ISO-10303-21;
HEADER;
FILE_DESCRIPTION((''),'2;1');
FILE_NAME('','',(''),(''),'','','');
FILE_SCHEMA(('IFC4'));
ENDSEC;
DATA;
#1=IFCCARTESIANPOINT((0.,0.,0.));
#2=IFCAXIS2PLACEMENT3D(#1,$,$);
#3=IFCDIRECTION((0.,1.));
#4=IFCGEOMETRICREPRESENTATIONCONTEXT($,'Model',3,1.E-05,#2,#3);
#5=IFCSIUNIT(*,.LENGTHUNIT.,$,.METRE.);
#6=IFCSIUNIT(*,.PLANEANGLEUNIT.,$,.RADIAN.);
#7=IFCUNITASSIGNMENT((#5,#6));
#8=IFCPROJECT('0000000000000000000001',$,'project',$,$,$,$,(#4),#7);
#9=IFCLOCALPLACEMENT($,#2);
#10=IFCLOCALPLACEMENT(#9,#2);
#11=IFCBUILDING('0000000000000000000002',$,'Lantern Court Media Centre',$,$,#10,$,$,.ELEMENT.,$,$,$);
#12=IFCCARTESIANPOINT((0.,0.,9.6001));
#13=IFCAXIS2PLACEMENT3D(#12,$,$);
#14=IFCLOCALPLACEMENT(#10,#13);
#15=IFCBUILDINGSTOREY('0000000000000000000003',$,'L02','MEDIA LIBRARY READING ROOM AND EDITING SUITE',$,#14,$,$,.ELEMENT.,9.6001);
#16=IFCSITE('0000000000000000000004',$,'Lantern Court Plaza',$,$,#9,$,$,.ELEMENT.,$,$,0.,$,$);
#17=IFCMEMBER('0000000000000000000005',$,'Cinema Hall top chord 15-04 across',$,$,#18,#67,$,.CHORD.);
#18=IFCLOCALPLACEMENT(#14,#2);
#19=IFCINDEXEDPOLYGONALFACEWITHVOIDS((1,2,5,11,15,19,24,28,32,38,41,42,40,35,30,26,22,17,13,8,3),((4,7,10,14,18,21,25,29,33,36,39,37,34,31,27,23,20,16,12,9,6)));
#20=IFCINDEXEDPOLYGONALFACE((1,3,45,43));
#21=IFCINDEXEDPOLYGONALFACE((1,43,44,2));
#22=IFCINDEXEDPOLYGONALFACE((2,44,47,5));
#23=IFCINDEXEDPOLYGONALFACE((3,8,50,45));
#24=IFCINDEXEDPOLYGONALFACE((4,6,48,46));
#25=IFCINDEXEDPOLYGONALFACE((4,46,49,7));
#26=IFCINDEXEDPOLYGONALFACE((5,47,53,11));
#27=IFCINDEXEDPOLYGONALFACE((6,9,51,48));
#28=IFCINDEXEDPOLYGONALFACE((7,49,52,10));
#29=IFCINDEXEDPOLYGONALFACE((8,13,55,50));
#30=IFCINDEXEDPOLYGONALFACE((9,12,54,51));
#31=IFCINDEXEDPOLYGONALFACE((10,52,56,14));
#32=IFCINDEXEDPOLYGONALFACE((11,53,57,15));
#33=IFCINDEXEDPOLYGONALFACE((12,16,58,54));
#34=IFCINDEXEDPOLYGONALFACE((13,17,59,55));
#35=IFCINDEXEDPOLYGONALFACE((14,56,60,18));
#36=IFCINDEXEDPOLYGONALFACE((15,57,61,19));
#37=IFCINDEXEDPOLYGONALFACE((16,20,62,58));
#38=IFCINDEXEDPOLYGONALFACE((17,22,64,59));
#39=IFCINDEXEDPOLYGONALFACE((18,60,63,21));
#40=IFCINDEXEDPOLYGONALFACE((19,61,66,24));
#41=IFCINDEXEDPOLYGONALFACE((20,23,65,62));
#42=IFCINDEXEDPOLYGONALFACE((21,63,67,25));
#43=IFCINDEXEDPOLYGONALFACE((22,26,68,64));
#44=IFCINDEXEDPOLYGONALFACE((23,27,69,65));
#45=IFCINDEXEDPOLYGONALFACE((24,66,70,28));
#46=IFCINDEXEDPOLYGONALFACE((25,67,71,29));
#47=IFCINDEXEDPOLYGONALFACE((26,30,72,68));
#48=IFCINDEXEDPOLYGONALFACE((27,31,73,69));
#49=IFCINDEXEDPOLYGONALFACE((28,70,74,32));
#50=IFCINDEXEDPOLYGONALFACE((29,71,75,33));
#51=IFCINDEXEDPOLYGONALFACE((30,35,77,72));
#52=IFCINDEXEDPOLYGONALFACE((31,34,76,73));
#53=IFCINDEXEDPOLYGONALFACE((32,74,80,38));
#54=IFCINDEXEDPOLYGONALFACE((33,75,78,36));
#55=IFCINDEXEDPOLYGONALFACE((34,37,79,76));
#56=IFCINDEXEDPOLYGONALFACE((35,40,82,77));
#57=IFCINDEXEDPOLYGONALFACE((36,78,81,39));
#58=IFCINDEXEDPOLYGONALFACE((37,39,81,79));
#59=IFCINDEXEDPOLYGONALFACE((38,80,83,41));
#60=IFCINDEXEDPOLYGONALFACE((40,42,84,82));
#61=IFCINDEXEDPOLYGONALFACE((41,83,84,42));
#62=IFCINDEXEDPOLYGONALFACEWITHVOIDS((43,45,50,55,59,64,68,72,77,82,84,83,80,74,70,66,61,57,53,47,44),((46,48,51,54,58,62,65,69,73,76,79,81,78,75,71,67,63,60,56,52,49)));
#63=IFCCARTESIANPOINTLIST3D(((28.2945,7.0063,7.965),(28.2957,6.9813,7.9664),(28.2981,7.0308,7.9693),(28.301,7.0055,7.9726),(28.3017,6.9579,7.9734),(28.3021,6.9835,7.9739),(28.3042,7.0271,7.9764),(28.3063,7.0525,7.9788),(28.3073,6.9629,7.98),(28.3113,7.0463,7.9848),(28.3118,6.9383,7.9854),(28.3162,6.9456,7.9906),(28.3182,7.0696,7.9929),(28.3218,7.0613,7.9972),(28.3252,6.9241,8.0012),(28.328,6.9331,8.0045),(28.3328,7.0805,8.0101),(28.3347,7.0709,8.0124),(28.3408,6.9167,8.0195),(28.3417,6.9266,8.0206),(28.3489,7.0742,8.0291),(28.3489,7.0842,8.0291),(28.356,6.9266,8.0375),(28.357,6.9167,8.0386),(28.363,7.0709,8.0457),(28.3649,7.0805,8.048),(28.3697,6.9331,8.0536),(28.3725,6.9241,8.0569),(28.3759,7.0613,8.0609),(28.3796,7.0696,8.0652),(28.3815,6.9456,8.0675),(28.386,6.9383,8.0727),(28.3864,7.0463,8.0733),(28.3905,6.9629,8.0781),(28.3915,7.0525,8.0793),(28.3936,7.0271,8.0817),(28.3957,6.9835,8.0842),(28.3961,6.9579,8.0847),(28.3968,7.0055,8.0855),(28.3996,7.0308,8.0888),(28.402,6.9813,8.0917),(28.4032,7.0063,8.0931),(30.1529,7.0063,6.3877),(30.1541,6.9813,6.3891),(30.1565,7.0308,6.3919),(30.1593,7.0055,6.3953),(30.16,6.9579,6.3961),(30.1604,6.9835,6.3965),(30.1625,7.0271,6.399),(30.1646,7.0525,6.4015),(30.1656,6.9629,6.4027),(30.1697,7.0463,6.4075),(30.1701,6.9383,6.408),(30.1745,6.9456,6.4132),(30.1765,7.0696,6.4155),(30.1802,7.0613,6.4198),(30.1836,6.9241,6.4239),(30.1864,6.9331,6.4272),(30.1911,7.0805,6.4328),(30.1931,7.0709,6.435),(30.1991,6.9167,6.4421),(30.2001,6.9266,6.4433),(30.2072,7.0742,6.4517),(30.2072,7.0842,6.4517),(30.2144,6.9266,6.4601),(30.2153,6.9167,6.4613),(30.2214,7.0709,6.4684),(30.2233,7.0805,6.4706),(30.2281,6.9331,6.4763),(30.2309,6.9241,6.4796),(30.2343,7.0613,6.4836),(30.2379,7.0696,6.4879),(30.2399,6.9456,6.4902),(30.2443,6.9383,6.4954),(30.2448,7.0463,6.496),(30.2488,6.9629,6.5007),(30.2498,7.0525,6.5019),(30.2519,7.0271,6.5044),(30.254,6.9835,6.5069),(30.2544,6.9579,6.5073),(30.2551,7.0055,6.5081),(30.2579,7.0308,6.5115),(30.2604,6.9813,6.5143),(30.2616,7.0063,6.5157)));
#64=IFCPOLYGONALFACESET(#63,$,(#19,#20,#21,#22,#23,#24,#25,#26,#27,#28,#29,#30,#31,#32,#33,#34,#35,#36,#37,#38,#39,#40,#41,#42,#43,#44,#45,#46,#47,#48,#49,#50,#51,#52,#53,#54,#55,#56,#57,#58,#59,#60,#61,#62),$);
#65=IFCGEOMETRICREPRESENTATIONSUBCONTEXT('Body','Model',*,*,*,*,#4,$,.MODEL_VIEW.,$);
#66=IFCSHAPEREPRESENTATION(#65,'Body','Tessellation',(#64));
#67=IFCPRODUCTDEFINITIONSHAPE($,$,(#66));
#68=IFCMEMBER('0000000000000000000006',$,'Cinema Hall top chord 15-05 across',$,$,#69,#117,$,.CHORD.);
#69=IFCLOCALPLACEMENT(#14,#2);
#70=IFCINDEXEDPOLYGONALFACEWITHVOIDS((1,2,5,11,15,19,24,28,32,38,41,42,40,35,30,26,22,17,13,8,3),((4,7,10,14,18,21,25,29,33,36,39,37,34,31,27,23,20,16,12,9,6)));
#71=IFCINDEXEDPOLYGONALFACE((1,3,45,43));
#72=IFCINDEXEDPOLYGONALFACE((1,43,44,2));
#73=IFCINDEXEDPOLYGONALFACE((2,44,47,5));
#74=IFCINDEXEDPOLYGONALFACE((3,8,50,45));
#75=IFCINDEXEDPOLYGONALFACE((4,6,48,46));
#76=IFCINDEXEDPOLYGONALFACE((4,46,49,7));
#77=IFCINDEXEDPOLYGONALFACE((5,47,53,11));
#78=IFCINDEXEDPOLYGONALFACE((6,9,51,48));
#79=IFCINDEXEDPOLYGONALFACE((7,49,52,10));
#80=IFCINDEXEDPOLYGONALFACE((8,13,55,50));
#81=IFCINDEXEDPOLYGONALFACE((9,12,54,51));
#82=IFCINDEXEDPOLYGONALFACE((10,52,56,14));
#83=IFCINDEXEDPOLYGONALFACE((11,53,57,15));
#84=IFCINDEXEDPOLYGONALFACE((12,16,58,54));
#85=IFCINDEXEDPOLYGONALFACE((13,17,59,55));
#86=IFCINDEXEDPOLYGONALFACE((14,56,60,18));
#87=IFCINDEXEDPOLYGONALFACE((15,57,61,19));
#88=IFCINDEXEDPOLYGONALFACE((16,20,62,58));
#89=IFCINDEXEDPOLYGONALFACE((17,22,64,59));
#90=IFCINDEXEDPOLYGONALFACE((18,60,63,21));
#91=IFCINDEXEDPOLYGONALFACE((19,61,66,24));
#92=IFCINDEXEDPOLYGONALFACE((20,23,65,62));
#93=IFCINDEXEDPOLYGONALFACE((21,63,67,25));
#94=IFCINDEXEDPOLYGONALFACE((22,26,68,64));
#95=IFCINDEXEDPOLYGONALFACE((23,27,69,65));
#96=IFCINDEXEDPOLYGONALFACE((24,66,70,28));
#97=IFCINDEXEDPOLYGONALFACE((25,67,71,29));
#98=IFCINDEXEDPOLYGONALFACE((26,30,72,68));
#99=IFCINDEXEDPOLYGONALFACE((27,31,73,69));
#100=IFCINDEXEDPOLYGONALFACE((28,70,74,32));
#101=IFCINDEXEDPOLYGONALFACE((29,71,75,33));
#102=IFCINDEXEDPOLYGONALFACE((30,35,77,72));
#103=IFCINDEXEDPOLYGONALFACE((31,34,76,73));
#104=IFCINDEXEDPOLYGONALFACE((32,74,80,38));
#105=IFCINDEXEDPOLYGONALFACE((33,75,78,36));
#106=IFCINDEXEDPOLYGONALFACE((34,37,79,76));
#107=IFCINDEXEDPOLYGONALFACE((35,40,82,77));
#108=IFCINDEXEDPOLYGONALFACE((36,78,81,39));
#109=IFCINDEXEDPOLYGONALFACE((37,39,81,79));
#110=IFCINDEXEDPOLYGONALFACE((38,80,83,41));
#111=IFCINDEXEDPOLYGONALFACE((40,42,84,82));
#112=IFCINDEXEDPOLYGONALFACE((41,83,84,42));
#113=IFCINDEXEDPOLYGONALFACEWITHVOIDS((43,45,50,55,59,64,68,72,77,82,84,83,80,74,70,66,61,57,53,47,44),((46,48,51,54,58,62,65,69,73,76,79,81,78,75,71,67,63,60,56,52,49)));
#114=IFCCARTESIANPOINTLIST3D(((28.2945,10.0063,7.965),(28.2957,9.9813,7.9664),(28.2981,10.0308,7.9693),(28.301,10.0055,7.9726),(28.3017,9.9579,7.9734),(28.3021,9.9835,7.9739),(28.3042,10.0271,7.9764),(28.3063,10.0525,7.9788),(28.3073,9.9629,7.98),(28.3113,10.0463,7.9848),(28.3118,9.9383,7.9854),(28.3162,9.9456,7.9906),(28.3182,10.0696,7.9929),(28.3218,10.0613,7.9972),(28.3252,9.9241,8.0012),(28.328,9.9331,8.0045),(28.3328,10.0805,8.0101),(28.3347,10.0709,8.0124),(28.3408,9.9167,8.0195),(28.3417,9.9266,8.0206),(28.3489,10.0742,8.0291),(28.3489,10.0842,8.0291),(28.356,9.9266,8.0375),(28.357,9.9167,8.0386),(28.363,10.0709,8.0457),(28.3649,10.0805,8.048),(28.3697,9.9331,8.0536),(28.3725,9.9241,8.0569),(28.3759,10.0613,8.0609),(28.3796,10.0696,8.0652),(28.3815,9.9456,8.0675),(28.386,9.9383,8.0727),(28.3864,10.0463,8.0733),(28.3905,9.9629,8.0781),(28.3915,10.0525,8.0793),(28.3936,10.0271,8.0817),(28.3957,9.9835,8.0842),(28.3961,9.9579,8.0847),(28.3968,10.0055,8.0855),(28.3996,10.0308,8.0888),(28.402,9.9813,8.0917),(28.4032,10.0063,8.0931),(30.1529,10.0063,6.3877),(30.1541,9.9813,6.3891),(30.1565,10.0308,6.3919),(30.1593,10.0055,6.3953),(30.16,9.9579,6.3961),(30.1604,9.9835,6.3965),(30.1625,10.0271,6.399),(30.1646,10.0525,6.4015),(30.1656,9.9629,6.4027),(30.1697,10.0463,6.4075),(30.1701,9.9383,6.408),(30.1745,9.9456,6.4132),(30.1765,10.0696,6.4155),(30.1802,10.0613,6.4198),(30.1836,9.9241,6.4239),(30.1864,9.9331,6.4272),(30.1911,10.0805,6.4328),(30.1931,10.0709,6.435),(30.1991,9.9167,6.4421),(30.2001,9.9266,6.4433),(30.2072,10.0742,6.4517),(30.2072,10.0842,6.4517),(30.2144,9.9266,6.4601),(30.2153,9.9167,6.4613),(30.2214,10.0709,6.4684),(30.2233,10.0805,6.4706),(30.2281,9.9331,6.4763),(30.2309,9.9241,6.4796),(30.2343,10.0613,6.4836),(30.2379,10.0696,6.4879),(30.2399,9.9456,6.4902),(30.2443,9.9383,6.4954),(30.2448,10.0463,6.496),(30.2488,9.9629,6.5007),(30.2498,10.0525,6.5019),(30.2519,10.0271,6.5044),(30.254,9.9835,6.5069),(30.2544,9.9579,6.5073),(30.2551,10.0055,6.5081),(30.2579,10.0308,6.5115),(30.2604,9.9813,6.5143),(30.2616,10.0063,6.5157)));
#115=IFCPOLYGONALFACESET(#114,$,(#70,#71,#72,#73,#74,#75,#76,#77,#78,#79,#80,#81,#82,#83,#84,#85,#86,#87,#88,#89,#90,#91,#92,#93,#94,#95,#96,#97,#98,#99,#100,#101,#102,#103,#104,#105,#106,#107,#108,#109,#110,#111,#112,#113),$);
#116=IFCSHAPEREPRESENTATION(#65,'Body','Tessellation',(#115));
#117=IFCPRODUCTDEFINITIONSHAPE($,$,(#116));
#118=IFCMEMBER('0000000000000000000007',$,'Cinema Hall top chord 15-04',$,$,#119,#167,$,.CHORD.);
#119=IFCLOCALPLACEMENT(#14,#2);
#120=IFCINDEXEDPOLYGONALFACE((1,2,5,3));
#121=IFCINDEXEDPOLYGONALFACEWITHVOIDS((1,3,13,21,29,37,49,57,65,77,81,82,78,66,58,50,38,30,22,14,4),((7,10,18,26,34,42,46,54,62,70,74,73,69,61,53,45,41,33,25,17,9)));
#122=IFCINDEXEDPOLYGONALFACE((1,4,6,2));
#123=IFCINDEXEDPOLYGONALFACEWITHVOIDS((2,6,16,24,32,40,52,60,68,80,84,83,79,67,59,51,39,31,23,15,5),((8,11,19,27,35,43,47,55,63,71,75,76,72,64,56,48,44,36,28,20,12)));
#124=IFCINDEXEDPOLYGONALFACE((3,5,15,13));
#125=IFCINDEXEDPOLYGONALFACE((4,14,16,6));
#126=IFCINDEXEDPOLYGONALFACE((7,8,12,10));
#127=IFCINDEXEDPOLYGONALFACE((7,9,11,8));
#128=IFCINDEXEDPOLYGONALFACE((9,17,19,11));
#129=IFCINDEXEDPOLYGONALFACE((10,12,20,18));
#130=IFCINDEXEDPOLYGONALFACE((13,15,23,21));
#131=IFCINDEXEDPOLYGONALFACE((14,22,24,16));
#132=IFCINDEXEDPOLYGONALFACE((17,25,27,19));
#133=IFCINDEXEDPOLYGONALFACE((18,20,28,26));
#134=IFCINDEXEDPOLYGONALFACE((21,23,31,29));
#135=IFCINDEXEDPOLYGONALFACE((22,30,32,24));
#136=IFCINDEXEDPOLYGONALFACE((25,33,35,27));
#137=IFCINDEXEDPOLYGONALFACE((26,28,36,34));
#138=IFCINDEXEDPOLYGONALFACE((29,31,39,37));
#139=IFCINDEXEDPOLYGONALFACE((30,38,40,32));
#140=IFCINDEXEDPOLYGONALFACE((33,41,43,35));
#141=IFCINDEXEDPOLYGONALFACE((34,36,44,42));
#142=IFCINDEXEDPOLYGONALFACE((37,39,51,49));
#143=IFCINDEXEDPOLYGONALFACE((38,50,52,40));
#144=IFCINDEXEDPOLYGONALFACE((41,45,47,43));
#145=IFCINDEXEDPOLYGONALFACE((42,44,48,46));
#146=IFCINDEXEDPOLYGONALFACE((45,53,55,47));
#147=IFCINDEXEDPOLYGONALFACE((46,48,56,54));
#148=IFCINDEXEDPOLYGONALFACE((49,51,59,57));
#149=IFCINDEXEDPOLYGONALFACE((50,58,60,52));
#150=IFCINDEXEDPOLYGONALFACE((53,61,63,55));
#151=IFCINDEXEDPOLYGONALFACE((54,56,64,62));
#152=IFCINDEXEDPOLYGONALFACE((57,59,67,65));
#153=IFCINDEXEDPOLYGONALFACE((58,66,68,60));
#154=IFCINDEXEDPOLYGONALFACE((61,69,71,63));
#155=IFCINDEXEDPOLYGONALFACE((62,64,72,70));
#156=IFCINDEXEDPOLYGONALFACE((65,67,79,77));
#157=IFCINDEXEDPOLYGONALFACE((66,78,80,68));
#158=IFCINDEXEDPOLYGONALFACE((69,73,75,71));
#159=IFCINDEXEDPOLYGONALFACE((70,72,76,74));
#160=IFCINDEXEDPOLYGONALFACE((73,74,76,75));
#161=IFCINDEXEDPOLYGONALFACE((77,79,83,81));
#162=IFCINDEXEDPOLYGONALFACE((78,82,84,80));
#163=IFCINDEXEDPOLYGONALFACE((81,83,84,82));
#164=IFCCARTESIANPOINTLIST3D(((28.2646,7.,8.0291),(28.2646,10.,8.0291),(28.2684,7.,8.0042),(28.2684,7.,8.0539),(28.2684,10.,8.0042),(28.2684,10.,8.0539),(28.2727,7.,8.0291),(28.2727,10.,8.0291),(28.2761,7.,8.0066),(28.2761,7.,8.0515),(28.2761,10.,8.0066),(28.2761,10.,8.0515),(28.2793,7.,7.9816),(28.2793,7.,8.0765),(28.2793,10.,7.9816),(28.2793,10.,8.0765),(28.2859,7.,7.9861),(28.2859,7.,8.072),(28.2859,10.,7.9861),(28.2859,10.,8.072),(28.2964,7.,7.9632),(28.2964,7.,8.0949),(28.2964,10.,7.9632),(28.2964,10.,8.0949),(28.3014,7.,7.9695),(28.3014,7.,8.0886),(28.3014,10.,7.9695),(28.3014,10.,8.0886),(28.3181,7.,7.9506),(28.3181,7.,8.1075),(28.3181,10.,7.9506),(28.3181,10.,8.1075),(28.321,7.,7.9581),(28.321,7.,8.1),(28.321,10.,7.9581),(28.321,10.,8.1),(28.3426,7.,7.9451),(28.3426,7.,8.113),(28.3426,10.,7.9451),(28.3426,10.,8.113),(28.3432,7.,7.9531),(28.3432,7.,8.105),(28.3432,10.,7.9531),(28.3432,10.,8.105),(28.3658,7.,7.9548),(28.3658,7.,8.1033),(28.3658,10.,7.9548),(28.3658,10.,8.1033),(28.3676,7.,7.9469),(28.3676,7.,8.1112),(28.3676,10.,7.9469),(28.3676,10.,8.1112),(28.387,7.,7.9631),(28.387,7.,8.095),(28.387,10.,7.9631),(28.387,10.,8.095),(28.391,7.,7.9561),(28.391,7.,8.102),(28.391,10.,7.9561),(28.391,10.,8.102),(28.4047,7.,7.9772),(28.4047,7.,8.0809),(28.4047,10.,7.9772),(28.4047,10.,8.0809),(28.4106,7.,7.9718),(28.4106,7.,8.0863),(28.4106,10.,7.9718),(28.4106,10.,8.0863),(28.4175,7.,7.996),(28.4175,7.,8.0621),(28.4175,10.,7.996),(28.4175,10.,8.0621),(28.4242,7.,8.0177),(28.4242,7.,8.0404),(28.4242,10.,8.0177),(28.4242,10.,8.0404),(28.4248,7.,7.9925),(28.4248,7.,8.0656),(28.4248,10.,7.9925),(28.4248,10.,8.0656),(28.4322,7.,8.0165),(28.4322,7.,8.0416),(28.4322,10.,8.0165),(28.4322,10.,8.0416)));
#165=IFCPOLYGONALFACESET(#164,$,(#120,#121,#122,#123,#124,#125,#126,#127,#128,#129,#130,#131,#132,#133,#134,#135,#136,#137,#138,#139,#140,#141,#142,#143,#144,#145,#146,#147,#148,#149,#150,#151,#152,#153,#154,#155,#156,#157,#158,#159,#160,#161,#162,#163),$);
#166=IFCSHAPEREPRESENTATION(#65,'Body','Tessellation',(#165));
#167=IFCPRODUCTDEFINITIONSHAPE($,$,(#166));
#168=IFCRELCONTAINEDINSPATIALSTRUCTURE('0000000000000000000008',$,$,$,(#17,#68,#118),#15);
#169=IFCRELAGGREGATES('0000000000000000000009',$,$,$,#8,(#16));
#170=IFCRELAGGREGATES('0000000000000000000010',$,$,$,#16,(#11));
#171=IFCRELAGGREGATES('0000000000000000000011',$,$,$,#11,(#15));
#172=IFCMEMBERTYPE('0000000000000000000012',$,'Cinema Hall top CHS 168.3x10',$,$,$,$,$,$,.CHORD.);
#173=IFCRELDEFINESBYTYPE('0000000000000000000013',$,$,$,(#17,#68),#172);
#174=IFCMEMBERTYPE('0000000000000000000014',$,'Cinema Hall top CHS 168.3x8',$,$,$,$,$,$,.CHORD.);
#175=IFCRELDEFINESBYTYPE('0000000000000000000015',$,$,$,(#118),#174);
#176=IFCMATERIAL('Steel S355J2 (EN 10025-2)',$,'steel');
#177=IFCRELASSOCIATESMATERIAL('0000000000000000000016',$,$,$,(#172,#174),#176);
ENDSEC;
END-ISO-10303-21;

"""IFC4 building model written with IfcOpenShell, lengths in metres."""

from ifc_helpers import new_model, si_unit, direction, frame, origin, origin_2d, place, context, subcontext, project, spatial, hollow_circle, extrude, material, material_profile, profile_set, type_object, element, save


model = new_model("IFC4")

# Units and contexts
model_context = context("Model", 3, precision=1e-05, world=origin(), true_north=direction((0.0, 1.0)))
body_context = subcontext(model_context, "Body", "Model", "MODEL_VIEW")
ifc_project = project(units=[si_unit("LENGTHUNIT", "METRE"), si_unit("PLANEANGLEUNIT", "RADIAN")], contexts=[model_context])

# Site, building, storey
site_placement = place(None, origin())
site = spatial("IfcSite", under=ifc_project, at=site_placement, Name="Lantern Court Plaza", CompositionType="ELEMENT", RefElevation=0.0)
building_placement = place(site_placement, origin())
building = spatial("IfcBuilding", under=site, at=building_placement, Name="Lantern Court Media Centre", CompositionType="ELEMENT")
storey_placement = place(building_placement, frame((0.0, 0.0, 9.6001)))
storey = spatial("IfcBuildingStorey", under=building, at=storey_placement, Name="L02", Description="MEDIA LIBRARY READING ROOM AND EDITING SUITE", CompositionType="ELEMENT", Elevation=9.6001)

# Members
ifc_material = material(Name="Steel S355J2 (EN 10025-2)", Category="steel")
ifc_material_profile_1 = material_profile(ifc_material, hollow_circle(Radius=0.0842, WallThickness=0.01, at=origin_2d()), Name="Cinema Hall top CHS 168.3x10")
ifc_profile_set_1 = profile_set([ifc_material_profile_1], Name="Steel S355J2 (EN 10025-2)")
member_type_1 = type_object("IfcMemberType", Name="Cinema Hall top CHS 168.3x10", PredefinedType="CHORD", material=ifc_profile_set_1)
for number, where, z_axis, x_axis, name in (
    (1, (28.3489, 7.0, 8.0291), (0.762394, 0.0, -0.647113), (0.0, 1.0, 0.0), "Cinema Hall top chord 15-04 across"),
    (2, (28.3489, 10.0, 8.0291), (0.762394, 0.0, -0.647113), (0.0, 1.0, 0.0), "Cinema Hall top chord 15-05 across"),
):
    element("IfcMember", number, at=place(storey_placement, frame(where, z_axis=z_axis, x_axis=x_axis)), inside=storey, type_object=member_type_1, Name=name, PredefinedType="CHORD", context=body_context, shape_type="SweptSolid", body=[
        extrude(hollow_circle(Radius=0.0842, WallThickness=0.01, at=origin_2d()), origin(), (0.0, 0.0, 1.0), 2.4375),
    ])
ifc_material_profile_2 = material_profile(ifc_material, hollow_circle(Radius=0.0842, WallThickness=0.0081, at=origin_2d()), Name="Cinema Hall top CHS 168.3x8")
ifc_profile_set_2 = profile_set([ifc_material_profile_2], Name="Steel S355J2 (EN 10025-2)")
member_type_2 = type_object("IfcMemberType", Name="Cinema Hall top CHS 168.3x8", PredefinedType="CHORD", material=ifc_profile_set_2)
for number, where, z_axis, x_axis, name in (
    (3, (28.3489, 7.0, 8.0291), (0.0, 1.0, 0.0), (-1.0, 0.0, 0.0), "Cinema Hall top chord 15-04"),
):
    element("IfcMember", number, at=place(storey_placement, frame(where, z_axis=z_axis, x_axis=x_axis)), inside=storey, type_object=member_type_2, Name=name, PredefinedType="CHORD", context=body_context, shape_type="SweptSolid", body=[
        extrude(hollow_circle(Radius=0.0842, WallThickness=0.0081, at=origin_2d()), origin(), (0.0, 0.0, 1.0), 3.0),
    ])

save(model, "model.ifc")
